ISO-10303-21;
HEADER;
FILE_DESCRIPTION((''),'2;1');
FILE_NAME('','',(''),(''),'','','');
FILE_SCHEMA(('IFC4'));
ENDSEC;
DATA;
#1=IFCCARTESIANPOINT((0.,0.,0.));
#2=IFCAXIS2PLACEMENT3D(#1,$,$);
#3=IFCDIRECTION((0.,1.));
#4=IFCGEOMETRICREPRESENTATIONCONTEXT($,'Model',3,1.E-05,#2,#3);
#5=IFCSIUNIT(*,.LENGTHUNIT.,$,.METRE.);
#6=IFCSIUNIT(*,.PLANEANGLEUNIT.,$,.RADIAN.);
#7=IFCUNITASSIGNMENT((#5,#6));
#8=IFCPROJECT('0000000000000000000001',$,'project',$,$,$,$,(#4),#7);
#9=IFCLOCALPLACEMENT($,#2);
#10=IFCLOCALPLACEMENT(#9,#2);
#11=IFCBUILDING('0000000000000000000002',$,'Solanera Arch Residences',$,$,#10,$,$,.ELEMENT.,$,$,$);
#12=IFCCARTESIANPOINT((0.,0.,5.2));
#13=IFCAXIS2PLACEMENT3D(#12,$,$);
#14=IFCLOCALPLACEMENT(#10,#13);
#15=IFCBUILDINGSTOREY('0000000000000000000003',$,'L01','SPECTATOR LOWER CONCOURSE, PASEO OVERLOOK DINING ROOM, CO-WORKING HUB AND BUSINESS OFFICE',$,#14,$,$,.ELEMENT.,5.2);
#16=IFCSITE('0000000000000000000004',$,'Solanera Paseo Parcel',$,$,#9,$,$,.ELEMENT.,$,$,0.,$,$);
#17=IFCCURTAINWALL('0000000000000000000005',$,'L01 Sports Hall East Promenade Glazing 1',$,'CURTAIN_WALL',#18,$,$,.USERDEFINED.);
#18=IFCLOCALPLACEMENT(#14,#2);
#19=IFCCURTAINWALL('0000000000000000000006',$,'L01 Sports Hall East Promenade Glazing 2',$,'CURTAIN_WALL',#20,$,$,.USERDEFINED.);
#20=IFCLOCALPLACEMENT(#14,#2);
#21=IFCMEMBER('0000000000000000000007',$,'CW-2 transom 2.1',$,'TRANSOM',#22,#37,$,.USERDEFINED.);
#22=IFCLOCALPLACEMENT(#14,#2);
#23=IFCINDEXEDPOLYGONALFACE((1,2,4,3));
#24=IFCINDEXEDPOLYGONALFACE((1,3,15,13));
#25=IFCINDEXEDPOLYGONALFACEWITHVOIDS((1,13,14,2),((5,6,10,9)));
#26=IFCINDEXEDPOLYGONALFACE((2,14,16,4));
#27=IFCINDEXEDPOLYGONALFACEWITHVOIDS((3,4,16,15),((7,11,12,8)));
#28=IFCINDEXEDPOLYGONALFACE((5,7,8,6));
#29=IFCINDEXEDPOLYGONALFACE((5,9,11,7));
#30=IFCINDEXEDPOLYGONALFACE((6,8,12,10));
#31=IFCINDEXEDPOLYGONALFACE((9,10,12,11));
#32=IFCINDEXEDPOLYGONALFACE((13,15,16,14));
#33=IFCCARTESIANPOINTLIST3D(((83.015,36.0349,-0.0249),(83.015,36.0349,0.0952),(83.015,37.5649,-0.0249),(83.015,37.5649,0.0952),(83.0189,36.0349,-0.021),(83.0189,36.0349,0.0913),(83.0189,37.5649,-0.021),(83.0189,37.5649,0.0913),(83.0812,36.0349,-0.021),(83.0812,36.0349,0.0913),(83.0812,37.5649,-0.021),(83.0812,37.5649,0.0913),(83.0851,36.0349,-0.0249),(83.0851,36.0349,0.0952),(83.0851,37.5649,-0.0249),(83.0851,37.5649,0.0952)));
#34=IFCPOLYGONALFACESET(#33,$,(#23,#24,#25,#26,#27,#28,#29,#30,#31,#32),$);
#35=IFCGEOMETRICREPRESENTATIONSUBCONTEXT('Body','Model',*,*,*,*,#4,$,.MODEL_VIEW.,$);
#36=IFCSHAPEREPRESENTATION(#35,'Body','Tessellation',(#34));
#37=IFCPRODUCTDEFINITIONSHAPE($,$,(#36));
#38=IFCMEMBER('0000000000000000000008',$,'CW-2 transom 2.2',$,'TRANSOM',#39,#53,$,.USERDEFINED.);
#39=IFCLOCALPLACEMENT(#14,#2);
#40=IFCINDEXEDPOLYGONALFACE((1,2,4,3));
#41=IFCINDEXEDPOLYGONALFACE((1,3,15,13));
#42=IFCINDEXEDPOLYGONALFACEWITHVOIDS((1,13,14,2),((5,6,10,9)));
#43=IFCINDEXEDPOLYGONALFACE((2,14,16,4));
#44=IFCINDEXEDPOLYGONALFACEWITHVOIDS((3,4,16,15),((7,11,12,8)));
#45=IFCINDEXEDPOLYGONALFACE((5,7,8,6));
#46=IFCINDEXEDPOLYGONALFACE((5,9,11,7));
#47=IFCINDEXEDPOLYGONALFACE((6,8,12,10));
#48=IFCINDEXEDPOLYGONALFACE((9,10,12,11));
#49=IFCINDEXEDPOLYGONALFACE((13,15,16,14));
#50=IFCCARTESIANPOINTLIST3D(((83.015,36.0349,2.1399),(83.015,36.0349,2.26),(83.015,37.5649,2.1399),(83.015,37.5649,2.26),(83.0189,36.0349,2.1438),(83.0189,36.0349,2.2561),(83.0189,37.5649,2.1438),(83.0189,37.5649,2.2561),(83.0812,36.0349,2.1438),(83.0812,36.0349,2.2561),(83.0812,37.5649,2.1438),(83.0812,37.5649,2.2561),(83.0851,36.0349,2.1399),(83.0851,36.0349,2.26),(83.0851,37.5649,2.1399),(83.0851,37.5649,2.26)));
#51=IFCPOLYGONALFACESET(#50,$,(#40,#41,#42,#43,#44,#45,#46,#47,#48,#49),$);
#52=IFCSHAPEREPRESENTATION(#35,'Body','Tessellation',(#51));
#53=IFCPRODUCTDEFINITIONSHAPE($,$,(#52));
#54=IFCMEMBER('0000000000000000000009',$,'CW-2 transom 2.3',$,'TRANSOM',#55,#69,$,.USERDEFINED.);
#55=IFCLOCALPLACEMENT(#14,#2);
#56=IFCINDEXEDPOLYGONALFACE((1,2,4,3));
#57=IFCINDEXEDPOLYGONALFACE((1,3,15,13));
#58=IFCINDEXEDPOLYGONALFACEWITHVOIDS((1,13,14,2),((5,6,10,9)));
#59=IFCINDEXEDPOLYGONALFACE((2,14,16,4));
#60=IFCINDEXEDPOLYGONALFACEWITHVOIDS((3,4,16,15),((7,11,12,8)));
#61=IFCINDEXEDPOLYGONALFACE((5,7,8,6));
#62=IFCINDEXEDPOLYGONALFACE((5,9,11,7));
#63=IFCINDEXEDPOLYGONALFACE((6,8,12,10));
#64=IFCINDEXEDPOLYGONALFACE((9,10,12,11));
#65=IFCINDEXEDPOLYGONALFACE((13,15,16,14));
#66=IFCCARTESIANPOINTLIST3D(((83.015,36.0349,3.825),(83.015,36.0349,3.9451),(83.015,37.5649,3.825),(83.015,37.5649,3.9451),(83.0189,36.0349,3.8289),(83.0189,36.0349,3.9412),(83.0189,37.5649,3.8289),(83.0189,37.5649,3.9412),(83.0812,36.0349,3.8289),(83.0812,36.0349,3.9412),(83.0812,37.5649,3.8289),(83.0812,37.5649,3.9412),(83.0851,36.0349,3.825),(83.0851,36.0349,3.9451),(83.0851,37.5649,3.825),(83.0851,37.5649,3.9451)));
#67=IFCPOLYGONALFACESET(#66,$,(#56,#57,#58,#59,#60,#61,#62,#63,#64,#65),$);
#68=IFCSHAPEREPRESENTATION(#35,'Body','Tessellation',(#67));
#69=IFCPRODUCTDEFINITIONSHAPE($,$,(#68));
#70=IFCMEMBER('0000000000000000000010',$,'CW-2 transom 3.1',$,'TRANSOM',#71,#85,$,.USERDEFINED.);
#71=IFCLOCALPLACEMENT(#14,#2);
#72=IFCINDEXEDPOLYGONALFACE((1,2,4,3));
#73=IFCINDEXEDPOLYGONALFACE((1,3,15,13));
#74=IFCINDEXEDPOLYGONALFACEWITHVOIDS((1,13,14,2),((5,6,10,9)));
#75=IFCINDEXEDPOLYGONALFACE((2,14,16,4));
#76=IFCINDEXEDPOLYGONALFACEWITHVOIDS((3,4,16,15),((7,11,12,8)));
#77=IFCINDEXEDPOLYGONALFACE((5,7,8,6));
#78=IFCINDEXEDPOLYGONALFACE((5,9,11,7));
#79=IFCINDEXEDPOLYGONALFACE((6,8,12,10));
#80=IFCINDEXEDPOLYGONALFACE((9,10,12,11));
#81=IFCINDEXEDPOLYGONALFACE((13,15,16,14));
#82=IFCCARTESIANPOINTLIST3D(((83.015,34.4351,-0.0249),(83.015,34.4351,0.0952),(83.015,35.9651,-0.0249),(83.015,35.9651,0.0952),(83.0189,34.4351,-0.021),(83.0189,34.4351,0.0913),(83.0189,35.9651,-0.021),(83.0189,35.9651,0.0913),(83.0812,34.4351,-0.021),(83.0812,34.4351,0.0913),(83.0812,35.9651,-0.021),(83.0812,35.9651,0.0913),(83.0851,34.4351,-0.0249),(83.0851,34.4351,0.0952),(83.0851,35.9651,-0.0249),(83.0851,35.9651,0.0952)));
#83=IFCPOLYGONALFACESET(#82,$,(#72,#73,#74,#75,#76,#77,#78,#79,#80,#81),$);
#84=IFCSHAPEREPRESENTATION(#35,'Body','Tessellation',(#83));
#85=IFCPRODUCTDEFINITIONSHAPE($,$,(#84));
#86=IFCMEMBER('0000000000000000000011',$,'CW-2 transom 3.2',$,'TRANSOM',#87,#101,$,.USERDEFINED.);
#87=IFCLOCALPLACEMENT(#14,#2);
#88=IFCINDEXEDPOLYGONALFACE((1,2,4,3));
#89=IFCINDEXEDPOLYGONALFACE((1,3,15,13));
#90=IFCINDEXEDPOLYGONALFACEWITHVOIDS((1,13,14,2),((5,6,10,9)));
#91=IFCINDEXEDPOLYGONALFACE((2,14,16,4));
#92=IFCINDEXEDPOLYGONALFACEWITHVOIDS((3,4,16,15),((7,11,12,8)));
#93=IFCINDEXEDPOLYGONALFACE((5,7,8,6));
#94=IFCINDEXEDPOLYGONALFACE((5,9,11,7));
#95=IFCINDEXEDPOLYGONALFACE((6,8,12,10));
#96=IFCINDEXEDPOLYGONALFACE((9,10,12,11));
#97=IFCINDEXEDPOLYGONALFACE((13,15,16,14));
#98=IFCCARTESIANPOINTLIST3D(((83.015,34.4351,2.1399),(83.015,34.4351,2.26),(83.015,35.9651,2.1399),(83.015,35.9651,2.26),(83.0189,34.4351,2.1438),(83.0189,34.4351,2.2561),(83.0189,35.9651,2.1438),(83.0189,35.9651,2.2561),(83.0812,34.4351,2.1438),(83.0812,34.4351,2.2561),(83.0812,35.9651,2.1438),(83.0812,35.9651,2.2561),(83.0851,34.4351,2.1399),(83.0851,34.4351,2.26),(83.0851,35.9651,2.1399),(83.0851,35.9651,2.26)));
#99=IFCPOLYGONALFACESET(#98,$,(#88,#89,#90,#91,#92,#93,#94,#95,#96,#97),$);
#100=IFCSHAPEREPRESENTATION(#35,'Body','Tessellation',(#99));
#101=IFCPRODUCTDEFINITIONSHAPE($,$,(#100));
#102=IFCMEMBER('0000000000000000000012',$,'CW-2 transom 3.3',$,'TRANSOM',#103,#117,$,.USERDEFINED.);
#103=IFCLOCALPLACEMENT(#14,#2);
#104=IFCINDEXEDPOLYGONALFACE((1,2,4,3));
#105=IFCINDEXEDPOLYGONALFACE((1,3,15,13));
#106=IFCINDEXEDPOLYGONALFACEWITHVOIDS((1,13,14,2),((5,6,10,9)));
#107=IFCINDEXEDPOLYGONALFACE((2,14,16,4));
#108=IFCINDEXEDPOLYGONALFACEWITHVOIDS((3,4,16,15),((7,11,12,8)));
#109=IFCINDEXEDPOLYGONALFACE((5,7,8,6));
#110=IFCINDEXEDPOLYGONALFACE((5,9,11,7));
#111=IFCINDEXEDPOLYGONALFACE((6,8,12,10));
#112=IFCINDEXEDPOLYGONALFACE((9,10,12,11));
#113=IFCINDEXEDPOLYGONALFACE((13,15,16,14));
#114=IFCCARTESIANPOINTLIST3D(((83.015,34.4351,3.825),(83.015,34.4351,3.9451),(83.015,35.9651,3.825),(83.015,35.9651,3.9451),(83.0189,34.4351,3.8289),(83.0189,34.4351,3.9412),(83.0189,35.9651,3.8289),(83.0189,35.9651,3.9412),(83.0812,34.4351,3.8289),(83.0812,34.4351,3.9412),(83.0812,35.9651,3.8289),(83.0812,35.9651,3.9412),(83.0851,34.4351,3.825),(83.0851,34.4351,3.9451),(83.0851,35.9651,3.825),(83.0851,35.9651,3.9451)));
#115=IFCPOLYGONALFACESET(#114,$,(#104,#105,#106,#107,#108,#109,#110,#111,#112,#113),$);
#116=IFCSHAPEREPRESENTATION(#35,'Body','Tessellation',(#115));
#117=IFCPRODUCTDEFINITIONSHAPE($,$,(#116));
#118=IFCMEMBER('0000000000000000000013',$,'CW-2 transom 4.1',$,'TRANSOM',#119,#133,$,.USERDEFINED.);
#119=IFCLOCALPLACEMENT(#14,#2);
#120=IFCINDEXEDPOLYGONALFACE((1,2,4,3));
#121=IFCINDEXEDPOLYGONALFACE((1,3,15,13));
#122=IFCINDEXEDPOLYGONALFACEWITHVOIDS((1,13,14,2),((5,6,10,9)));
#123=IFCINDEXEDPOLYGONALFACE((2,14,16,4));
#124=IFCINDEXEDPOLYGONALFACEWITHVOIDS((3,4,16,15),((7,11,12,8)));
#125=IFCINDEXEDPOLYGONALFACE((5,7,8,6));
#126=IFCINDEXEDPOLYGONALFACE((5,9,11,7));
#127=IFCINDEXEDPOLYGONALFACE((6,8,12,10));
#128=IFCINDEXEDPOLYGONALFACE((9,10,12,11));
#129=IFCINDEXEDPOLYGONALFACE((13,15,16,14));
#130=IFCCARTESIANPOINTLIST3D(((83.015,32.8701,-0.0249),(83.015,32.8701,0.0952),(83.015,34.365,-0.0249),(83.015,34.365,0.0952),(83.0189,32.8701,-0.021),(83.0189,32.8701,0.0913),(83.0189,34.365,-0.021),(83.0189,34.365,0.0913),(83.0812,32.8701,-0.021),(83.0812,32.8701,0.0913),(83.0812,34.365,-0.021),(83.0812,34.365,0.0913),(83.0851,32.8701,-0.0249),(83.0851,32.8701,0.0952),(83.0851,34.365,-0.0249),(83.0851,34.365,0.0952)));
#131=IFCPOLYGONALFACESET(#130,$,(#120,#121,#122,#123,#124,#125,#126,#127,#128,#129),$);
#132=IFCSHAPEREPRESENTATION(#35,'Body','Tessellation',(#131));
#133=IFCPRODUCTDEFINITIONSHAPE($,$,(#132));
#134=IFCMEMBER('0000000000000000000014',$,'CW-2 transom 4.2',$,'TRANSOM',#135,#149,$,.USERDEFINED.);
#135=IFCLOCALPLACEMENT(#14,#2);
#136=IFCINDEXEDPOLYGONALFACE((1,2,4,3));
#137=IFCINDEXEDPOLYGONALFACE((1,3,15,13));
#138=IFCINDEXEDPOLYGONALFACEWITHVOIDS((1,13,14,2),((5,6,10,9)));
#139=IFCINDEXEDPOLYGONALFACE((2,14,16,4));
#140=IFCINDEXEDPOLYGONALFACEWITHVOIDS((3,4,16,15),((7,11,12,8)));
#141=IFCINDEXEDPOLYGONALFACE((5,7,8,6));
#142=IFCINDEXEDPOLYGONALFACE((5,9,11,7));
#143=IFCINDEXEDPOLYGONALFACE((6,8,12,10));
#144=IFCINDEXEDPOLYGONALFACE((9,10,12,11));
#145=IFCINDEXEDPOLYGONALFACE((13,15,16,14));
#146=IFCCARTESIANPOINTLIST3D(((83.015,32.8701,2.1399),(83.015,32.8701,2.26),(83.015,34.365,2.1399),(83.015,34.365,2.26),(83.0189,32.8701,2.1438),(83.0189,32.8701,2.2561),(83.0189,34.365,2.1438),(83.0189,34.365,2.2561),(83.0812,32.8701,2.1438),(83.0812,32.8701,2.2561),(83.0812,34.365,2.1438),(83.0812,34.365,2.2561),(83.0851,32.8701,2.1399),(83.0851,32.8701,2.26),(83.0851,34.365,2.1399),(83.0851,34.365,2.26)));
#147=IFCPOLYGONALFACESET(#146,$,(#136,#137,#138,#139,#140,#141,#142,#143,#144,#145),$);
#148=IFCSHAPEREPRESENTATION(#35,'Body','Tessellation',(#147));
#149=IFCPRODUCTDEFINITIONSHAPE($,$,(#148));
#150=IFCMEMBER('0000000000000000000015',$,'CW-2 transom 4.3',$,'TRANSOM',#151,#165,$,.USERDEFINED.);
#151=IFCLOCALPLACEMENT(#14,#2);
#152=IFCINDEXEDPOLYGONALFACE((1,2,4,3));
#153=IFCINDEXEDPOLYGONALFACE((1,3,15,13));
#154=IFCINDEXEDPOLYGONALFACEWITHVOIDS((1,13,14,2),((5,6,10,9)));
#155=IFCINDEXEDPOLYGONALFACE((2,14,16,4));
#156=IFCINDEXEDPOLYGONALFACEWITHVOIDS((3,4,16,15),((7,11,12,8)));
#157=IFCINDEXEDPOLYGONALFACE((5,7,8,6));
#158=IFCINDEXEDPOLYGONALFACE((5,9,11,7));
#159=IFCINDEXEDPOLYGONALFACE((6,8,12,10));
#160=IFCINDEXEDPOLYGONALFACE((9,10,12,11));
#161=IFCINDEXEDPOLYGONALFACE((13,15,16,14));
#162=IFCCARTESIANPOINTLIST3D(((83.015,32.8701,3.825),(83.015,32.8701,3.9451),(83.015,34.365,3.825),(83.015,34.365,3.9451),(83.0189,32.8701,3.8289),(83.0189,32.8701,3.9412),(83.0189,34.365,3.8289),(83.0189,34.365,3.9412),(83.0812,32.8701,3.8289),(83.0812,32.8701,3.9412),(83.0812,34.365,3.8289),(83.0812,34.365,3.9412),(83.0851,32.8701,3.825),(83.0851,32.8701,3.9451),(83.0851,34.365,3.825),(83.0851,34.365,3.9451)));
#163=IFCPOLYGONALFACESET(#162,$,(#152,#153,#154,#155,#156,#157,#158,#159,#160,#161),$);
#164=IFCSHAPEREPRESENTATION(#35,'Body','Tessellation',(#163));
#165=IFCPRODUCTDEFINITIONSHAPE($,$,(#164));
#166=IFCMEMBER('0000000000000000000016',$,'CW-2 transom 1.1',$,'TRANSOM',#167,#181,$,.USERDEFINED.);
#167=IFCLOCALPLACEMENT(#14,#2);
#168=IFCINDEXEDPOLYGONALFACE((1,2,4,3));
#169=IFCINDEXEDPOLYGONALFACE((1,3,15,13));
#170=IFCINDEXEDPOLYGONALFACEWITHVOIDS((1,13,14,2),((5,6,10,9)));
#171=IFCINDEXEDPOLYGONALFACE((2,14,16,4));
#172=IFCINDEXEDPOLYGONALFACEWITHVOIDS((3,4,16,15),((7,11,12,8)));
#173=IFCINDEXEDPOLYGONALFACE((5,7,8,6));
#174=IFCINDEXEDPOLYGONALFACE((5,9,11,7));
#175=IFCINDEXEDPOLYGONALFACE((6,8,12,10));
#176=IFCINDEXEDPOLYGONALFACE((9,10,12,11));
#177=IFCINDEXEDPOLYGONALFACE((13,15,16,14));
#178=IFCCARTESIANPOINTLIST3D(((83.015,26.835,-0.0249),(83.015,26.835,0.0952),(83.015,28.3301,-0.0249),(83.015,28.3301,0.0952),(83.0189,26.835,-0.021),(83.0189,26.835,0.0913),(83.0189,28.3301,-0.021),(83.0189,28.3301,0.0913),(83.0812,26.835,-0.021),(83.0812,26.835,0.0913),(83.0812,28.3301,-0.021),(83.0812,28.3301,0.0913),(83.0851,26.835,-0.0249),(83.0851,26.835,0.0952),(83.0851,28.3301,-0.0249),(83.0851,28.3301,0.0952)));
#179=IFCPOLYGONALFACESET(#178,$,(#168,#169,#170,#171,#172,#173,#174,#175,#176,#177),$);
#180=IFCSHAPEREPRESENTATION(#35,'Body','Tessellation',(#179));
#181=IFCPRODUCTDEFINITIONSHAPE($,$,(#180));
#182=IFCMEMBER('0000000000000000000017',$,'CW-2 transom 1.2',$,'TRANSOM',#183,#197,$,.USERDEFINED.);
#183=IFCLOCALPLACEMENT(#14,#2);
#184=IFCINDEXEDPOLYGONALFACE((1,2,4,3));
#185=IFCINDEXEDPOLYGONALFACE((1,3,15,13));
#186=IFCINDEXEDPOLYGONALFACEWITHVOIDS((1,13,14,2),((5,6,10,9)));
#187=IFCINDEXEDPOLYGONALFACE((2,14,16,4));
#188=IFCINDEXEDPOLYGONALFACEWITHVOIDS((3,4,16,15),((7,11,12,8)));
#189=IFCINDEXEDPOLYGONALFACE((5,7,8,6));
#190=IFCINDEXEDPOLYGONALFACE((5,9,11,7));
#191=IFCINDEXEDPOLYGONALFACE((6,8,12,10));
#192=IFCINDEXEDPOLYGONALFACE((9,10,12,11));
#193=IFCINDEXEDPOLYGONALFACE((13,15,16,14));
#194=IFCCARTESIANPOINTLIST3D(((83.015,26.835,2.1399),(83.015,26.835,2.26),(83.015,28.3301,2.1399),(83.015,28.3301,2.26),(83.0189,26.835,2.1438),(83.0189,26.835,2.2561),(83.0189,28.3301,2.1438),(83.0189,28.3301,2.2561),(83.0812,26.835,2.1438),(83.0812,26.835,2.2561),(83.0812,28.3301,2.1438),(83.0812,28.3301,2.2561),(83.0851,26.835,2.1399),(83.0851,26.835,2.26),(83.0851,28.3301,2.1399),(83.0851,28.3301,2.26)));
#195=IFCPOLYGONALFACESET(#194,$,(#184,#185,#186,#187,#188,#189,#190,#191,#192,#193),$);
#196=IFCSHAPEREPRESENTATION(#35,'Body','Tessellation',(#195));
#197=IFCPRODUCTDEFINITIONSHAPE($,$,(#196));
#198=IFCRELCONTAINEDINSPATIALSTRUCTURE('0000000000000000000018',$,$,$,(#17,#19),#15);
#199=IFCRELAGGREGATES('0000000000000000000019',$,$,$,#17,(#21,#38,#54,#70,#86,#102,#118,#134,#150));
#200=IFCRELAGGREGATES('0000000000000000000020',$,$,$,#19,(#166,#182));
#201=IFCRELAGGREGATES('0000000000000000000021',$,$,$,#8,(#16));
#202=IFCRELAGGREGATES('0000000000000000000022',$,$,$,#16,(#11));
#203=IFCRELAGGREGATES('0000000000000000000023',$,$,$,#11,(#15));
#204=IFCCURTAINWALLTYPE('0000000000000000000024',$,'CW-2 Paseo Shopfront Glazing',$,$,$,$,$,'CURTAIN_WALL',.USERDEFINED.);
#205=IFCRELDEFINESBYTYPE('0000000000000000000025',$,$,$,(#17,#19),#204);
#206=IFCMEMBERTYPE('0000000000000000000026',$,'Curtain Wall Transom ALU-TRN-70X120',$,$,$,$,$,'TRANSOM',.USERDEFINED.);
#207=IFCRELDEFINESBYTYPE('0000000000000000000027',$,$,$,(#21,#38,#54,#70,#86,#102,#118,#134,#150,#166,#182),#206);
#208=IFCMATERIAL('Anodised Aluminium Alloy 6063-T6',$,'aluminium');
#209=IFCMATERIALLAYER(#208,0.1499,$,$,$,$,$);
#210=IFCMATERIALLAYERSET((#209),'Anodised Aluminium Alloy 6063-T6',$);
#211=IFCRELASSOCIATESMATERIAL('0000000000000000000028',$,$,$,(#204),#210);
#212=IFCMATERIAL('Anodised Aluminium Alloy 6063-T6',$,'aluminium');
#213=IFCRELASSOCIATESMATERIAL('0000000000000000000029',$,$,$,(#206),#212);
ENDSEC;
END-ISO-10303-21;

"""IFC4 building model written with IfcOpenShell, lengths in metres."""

from ifc_helpers import new_model, si_unit, direction, frame, origin, origin_2d, place, context, subcontext, project, spatial, hollow_rectangle, extrude, material, layer, layer_set, material_profile, profile_set, type_object, element, aggregate, save


model = new_model("IFC4")

# Units and contexts
model_context = context("Model", 3, precision=1e-05, world=origin(), true_north=direction((0.0, 1.0)))
body_context = subcontext(model_context, "Body", "Model", "MODEL_VIEW")
ifc_project = project(units=[si_unit("LENGTHUNIT", "METRE"), si_unit("PLANEANGLEUNIT", "RADIAN")], contexts=[model_context])

# Site, building, storey
site_placement = place(None, origin())
site = spatial("IfcSite", under=ifc_project, at=site_placement, Name="Solanera Paseo Parcel", CompositionType="ELEMENT", RefElevation=0.0)
building_placement = place(site_placement, origin())
building = spatial("IfcBuilding", under=site, at=building_placement, Name="Solanera Arch Residences", CompositionType="ELEMENT")
storey_placement = place(building_placement, frame((0.0, 0.0, 5.2)))
storey = spatial("IfcBuildingStorey", under=building, at=storey_placement, Name="L01", Description="SPECTATOR LOWER CONCOURSE, PASEO OVERLOOK DINING ROOM, CO-WORKING HUB AND BUSINESS OFFICE", CompositionType="ELEMENT", Elevation=5.2)

# Curtain wall
ifc_material_1 = material(Name="Anodised Aluminium Alloy 6063-T6", Category="aluminium")
ifc_layer_1 = layer(ifc_material_1, 0.1499)
ifc_layer_set_1 = layer_set([ifc_layer_1], Name="Anodised Aluminium Alloy 6063-T6")
curtain_wall_type = type_object("IfcCurtainWallType", Name="CW-2 Paseo Shopfront Glazing", ElementType="CURTAIN_WALL", PredefinedType="USERDEFINED", material=ifc_layer_set_1)
curtain_wall_1_placement = place(storey_placement, origin())
curtain_wall_1 = element("IfcCurtainWall", 1, at=curtain_wall_1_placement, inside=storey, type_object=curtain_wall_type, Name="L01 Sports Hall East Promenade Glazing 1", ObjectType="CURTAIN_WALL", PredefinedType="USERDEFINED")

# Curtain wall
curtain_wall_2_placement = place(storey_placement, origin())
curtain_wall_2 = element("IfcCurtainWall", 2, at=curtain_wall_2_placement, inside=storey, type_object=curtain_wall_type, Name="L01 Sports Hall East Promenade Glazing 2", ObjectType="CURTAIN_WALL", PredefinedType="USERDEFINED")

# Members
ifc_material_2 = material(Name="Anodised Aluminium Alloy 6063-T6", Category="aluminium")
ifc_material_profile_1 = material_profile(ifc_material_2, hollow_rectangle(XDim=0.0701, YDim=0.1201, WallThickness=0.0039, at=origin_2d()))
ifc_profile_set_1 = profile_set([ifc_material_profile_1], Name="Anodised Aluminium Alloy 6063-T6")
member_type_1 = type_object("IfcMemberType", Name="Curtain Wall Transom ALU-TRN-70X120", ElementType="TRANSOM", PredefinedType="USERDEFINED", material=ifc_profile_set_1)
member_1_placement = place(storey_placement, frame((83.05, 37.5649, 0.0352), z_axis=(0.0, -1.0, 0.0), x_axis=(1.0, 0.0, 0.0)))
member_1 = element("IfcMember", 3, at=member_1_placement, type_object=member_type_1, Name="CW-2 transom 2.1", ObjectType="TRANSOM", PredefinedType="USERDEFINED", context=body_context, shape_type="SweptSolid", body=[
    extrude(hollow_rectangle(XDim=0.0701, YDim=0.1201, WallThickness=0.0039, at=origin_2d()), origin(), (0.0, 0.0, 1.0), 1.53),
])
member_2_placement = place(storey_placement, frame((83.05, 37.5649, 2.2), z_axis=(0.0, -1.0, 0.0), x_axis=(1.0, 0.0, 0.0)))
member_2 = element("IfcMember", 4, at=member_2_placement, type_object=member_type_1, Name="CW-2 transom 2.2", ObjectType="TRANSOM", PredefinedType="USERDEFINED", context=body_context, shape_type="SweptSolid", body=[
    extrude(hollow_rectangle(XDim=0.0701, YDim=0.1201, WallThickness=0.0039, at=origin_2d()), origin(), (0.0, 0.0, 1.0), 1.53),
])
member_3_placement = place(storey_placement, frame((83.05, 37.5649, 3.885), z_axis=(0.0, -1.0, 0.0), x_axis=(1.0, 0.0, 0.0)))
member_3 = element("IfcMember", 5, at=member_3_placement, type_object=member_type_1, Name="CW-2 transom 2.3", ObjectType="TRANSOM", PredefinedType="USERDEFINED", context=body_context, shape_type="SweptSolid", body=[
    extrude(hollow_rectangle(XDim=0.0701, YDim=0.1201, WallThickness=0.0039, at=origin_2d()), origin(), (0.0, 0.0, 1.0), 1.53),
])
member_4_placement = place(storey_placement, frame((83.05, 35.9651, 0.0352), z_axis=(0.0, -1.0, 0.0), x_axis=(1.0, 0.0, 0.0)))
member_4 = element("IfcMember", 6, at=member_4_placement, type_object=member_type_1, Name="CW-2 transom 3.1", ObjectType="TRANSOM", PredefinedType="USERDEFINED", context=body_context, shape_type="SweptSolid", body=[
    extrude(hollow_rectangle(XDim=0.0701, YDim=0.1201, WallThickness=0.0039, at=origin_2d()), origin(), (0.0, 0.0, 1.0), 1.53),
])
member_5_placement = place(storey_placement, frame((83.05, 35.9651, 2.2), z_axis=(0.0, -1.0, 0.0), x_axis=(1.0, 0.0, 0.0)))
member_5 = element("IfcMember", 7, at=member_5_placement, type_object=member_type_1, Name="CW-2 transom 3.2", ObjectType="TRANSOM", PredefinedType="USERDEFINED", context=body_context, shape_type="SweptSolid", body=[
    extrude(hollow_rectangle(XDim=0.0701, YDim=0.1201, WallThickness=0.0039, at=origin_2d()), origin(), (0.0, 0.0, 1.0), 1.53),
])
member_6_placement = place(storey_placement, frame((83.05, 35.9651, 3.885), z_axis=(0.0, -1.0, 0.0), x_axis=(1.0, 0.0, 0.0)))
member_6 = element("IfcMember", 8, at=member_6_placement, type_object=member_type_1, Name="CW-2 transom 3.3", ObjectType="TRANSOM", PredefinedType="USERDEFINED", context=body_context, shape_type="SweptSolid", body=[
    extrude(hollow_rectangle(XDim=0.0701, YDim=0.1201, WallThickness=0.0039, at=origin_2d()), origin(), (0.0, 0.0, 1.0), 1.53),
])
member_7_placement = place(storey_placement, frame((83.05, 34.365, 0.0352), z_axis=(0.0, -1.0, 0.0), x_axis=(1.0, 0.0, 0.0)))
member_7 = element("IfcMember", 9, at=member_7_placement, type_object=member_type_1, Name="CW-2 transom 4.1", ObjectType="TRANSOM", PredefinedType="USERDEFINED", context=body_context, shape_type="SweptSolid", body=[
    extrude(hollow_rectangle(XDim=0.0701, YDim=0.1201, WallThickness=0.0039, at=origin_2d()), origin(), (0.0, 0.0, 1.0), 1.4949),
])
member_8_placement = place(storey_placement, frame((83.05, 34.365, 2.2), z_axis=(0.0, -1.0, 0.0), x_axis=(1.0, 0.0, 0.0)))
member_8 = element("IfcMember", 10, at=member_8_placement, type_object=member_type_1, Name="CW-2 transom 4.2", ObjectType="TRANSOM", PredefinedType="USERDEFINED", context=body_context, shape_type="SweptSolid", body=[
    extrude(hollow_rectangle(XDim=0.0701, YDim=0.1201, WallThickness=0.0039, at=origin_2d()), origin(), (0.0, 0.0, 1.0), 1.4949),
])
member_9_placement = place(storey_placement, frame((83.05, 34.365, 3.885), z_axis=(0.0, -1.0, 0.0), x_axis=(1.0, 0.0, 0.0)))
member_9 = element("IfcMember", 11, at=member_9_placement, type_object=member_type_1, Name="CW-2 transom 4.3", ObjectType="TRANSOM", PredefinedType="USERDEFINED", context=body_context, shape_type="SweptSolid", body=[
    extrude(hollow_rectangle(XDim=0.0701, YDim=0.1201, WallThickness=0.0039, at=origin_2d()), origin(), (0.0, 0.0, 1.0), 1.4949),
])
member_10_placement = place(storey_placement, frame((83.05, 28.3301, 0.0352), z_axis=(0.0, -1.0, 0.0), x_axis=(1.0, 0.0, 0.0)))
member_10 = element("IfcMember", 12, at=member_10_placement, type_object=member_type_1, Name="CW-2 transom 1.1", ObjectType="TRANSOM", PredefinedType="USERDEFINED", context=body_context, shape_type="SweptSolid", body=[
    extrude(hollow_rectangle(XDim=0.0701, YDim=0.1201, WallThickness=0.0039, at=origin_2d()), origin(), (0.0, 0.0, 1.0), 1.4951),
])
member_11_placement = place(storey_placement, frame((83.05, 28.3301, 2.2), z_axis=(0.0, -1.0, 0.0), x_axis=(1.0, 0.0, 0.0)))
member_11 = element("IfcMember", 13, at=member_11_placement, type_object=member_type_1, Name="CW-2 transom 1.2", ObjectType="TRANSOM", PredefinedType="USERDEFINED", context=body_context, shape_type="SweptSolid", body=[
    extrude(hollow_rectangle(XDim=0.0701, YDim=0.1201, WallThickness=0.0039, at=origin_2d()), origin(), (0.0, 0.0, 1.0), 1.4951),
])

aggregate(curtain_wall_1, [member_1, member_2, member_3, member_4, member_5, member_6, member_7, member_8, member_9])
aggregate(curtain_wall_2, [member_10, member_11])

save(model, "model.ifc")
